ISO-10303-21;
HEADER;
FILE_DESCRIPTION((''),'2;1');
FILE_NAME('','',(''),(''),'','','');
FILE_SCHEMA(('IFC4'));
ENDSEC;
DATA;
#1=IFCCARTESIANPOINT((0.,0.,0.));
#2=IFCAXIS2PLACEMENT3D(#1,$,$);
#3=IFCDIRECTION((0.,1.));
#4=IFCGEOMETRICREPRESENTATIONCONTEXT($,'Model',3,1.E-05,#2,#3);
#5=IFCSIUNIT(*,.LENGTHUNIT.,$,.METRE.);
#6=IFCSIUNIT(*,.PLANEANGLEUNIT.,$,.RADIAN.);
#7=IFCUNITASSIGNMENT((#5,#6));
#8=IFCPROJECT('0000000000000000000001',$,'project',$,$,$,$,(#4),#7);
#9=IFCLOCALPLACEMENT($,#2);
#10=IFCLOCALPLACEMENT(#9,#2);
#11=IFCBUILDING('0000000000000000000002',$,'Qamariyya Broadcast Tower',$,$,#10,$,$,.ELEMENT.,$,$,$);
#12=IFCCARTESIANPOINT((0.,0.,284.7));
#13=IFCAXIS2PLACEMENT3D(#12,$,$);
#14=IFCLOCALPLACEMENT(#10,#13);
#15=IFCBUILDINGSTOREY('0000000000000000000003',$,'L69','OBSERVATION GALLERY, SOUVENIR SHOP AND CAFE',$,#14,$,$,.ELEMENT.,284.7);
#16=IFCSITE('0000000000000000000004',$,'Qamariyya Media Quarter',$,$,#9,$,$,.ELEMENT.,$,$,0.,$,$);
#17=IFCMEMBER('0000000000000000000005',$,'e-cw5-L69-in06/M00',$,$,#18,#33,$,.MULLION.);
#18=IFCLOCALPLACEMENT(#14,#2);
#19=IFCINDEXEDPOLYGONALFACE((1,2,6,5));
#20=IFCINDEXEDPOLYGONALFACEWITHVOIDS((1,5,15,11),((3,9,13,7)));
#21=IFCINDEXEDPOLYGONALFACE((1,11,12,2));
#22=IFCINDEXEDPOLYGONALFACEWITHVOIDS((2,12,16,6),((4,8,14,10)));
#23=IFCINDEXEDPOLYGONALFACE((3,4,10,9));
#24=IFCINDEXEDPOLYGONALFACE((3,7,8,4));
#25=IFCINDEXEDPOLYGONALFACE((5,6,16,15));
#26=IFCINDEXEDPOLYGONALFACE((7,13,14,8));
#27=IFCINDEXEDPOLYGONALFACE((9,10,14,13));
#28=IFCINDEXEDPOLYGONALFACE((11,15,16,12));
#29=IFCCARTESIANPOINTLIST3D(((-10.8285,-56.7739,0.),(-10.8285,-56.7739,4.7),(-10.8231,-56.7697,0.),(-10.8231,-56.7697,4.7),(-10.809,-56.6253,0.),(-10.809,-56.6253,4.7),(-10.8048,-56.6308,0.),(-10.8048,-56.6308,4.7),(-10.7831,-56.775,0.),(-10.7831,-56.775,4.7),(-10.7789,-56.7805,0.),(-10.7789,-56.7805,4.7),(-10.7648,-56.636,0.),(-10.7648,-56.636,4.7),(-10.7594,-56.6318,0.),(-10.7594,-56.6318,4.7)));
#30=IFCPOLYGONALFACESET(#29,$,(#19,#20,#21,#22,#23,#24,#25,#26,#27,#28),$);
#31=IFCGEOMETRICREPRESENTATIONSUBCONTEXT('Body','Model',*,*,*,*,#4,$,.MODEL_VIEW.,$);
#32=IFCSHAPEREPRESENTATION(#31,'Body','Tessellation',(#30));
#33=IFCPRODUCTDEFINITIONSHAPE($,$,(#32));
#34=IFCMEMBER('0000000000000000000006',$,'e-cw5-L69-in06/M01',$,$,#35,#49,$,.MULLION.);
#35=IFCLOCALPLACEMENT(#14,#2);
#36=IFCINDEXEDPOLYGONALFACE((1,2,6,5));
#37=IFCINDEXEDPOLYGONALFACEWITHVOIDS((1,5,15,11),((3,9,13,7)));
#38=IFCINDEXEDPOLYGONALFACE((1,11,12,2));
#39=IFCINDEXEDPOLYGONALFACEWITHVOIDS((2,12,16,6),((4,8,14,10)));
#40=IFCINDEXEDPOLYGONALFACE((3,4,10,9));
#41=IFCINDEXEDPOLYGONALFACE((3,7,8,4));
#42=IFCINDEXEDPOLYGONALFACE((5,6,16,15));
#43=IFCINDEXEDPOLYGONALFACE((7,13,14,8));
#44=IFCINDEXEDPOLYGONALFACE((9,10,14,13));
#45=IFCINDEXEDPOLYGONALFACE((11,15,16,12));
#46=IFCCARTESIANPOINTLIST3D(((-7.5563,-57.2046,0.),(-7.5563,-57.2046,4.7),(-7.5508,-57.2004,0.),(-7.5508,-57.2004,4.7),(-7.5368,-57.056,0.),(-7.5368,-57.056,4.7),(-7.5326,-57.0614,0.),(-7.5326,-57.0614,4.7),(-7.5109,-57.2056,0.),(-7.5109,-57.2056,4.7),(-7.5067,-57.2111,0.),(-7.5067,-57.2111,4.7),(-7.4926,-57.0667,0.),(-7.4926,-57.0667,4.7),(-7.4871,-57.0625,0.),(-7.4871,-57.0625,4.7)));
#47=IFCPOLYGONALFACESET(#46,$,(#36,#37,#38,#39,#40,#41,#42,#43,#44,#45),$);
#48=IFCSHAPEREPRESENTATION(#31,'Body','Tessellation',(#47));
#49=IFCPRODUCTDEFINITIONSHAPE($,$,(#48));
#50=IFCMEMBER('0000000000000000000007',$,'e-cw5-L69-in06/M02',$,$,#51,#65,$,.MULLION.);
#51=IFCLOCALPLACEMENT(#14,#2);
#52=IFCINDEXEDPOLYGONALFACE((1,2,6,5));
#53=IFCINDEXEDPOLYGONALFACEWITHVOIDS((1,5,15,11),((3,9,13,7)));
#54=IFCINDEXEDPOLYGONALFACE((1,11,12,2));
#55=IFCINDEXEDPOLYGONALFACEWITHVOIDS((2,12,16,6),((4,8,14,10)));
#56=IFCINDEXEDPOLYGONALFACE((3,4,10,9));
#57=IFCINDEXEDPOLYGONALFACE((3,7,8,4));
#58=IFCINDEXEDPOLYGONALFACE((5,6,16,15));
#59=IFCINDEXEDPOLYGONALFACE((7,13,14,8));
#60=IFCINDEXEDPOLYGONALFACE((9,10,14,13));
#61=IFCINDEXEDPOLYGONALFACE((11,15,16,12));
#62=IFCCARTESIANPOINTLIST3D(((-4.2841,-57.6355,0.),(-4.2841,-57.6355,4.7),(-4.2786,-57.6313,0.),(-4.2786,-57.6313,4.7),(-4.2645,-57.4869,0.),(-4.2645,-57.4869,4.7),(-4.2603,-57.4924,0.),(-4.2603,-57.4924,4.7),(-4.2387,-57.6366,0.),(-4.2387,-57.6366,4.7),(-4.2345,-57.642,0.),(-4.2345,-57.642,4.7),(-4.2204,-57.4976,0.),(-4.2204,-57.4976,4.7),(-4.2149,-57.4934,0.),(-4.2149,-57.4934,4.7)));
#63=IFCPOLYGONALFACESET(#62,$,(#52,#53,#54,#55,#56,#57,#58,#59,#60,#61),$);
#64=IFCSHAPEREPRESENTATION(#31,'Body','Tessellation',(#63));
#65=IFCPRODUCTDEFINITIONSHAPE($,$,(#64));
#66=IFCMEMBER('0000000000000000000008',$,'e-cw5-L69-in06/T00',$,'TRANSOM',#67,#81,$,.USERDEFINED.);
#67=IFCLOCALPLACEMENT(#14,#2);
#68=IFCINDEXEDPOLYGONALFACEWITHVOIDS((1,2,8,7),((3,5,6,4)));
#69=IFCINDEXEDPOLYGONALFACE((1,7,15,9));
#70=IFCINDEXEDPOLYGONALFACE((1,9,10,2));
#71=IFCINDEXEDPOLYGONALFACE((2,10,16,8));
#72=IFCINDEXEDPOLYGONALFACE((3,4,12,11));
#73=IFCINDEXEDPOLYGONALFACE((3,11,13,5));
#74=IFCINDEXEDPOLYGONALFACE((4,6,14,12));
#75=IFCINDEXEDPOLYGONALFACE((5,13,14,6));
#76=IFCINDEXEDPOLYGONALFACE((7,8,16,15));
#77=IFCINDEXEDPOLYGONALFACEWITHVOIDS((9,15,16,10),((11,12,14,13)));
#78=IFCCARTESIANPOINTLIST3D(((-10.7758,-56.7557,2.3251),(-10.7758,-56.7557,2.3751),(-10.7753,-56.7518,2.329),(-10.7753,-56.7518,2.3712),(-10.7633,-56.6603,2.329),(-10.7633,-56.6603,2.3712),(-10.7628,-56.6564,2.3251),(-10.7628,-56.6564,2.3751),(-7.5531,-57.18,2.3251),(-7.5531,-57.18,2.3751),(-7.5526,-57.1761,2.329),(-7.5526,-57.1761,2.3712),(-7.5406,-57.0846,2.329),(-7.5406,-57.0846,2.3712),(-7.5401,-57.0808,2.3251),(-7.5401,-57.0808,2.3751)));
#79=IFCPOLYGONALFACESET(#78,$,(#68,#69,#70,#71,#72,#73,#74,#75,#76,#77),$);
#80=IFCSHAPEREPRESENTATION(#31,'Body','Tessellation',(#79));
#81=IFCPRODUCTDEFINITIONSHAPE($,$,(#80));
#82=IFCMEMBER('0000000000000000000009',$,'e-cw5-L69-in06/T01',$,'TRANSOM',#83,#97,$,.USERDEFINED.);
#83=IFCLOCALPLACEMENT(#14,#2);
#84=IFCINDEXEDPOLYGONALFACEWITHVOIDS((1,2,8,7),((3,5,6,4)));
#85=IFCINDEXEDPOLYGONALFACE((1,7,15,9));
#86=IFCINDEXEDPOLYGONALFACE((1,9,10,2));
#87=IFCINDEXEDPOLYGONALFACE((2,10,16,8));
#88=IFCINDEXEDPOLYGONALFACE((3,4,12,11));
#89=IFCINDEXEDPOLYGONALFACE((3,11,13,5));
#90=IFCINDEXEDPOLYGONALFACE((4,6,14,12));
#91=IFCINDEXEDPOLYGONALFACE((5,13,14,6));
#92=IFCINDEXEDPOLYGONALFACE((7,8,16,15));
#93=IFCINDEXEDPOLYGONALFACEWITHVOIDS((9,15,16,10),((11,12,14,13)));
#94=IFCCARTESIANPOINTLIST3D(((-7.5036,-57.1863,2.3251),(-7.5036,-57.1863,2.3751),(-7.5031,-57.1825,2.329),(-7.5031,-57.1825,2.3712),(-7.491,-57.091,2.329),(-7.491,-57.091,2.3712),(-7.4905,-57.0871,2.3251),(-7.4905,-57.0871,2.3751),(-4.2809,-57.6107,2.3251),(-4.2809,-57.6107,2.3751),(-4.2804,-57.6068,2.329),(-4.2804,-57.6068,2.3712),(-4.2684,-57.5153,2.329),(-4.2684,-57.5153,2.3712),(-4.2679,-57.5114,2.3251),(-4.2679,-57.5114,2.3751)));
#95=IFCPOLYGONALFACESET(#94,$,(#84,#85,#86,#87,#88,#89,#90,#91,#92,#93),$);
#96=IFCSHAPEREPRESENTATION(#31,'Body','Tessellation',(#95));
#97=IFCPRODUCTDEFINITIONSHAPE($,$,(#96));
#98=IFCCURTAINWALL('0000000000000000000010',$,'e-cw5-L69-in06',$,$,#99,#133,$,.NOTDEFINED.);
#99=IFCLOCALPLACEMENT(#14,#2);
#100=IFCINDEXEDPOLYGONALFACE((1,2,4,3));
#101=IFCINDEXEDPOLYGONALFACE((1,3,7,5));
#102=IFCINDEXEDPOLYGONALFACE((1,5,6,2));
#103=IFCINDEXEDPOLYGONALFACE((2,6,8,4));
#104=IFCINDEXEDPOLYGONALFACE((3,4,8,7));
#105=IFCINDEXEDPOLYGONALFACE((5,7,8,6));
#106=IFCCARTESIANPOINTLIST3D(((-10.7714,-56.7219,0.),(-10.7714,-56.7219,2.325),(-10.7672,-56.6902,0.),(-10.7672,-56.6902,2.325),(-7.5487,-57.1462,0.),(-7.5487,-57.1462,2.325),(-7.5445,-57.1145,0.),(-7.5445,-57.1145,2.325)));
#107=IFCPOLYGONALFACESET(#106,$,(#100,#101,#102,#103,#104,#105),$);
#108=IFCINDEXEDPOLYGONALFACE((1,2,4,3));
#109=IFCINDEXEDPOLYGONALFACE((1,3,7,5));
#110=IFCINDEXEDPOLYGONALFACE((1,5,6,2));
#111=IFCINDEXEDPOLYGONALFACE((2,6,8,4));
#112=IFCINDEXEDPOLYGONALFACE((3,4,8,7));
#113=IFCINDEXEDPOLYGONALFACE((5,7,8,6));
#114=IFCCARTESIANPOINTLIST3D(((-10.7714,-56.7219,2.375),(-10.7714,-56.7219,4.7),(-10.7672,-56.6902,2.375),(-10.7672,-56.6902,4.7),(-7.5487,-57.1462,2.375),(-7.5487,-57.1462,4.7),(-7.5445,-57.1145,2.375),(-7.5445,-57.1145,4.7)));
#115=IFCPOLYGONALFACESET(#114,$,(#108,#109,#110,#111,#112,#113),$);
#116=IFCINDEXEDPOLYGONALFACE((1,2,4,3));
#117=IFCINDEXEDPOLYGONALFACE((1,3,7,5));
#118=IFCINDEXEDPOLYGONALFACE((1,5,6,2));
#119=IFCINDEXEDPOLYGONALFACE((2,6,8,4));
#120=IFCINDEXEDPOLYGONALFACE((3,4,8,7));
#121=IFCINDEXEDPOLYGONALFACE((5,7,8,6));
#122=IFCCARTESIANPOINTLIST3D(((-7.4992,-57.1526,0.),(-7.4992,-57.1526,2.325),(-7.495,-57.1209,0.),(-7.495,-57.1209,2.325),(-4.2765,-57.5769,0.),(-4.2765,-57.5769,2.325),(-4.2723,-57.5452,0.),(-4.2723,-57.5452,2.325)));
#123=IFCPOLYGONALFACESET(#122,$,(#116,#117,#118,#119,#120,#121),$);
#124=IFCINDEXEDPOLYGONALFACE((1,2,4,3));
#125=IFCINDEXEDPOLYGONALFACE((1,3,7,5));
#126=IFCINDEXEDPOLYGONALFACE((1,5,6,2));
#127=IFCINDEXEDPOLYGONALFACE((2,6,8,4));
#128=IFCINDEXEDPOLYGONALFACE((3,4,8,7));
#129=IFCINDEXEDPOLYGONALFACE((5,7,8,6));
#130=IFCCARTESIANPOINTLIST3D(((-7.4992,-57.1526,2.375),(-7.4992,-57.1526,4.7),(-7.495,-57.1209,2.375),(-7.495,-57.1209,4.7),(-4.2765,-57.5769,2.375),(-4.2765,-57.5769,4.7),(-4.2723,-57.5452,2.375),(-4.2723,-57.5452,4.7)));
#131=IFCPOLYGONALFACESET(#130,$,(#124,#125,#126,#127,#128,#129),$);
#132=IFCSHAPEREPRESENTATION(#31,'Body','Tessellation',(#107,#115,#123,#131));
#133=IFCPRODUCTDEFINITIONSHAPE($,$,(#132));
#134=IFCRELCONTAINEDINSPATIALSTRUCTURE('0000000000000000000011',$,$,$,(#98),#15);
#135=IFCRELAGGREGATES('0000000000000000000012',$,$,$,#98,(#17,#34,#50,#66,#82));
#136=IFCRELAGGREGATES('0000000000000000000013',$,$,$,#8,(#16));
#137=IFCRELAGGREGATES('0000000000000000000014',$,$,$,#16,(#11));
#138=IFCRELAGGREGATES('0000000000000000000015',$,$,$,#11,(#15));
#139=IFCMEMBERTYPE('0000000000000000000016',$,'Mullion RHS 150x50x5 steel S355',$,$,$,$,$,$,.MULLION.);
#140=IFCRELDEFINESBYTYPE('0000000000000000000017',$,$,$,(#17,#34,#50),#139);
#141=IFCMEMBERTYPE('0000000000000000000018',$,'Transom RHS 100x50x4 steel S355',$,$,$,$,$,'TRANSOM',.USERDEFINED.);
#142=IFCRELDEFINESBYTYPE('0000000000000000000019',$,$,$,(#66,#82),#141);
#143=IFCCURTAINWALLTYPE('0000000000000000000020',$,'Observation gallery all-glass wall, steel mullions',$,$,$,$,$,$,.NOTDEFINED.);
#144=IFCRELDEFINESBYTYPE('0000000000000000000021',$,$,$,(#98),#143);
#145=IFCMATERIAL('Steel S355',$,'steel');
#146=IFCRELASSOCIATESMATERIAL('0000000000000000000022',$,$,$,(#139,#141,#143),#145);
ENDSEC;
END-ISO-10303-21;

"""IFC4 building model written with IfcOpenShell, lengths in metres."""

from ifc_helpers import new_model, si_unit, direction, frame, origin, origin_2d, place, context, subcontext, project, spatial, rectangle, hollow_rectangle, extrude, material, material_profile, profile_set, type_object, element, aggregate, save


model = new_model("IFC4")

# Units and contexts
model_context = context("Model", 3, precision=1e-05, world=origin(), true_north=direction((0.0, 1.0)))
body_context = subcontext(model_context, "Body", "Model", "MODEL_VIEW")
ifc_project = project(units=[si_unit("LENGTHUNIT", "METRE"), si_unit("PLANEANGLEUNIT", "RADIAN")], contexts=[model_context])

# Members
ifc_material = material(Name="Steel S355", Category="steel")
ifc_material_profile_1 = material_profile(ifc_material, hollow_rectangle(XDim=0.1499, YDim=0.05, WallThickness=0.0049, at=origin_2d()))
ifc_profile_set_1 = profile_set([ifc_material_profile_1], Name="Steel S355")
member_type_1 = type_object("IfcMemberType", Name="Mullion RHS 150x50x5 steel S355", PredefinedType="MULLION", material=ifc_profile_set_1)
site_placement = place(None, origin())
building_placement = place(site_placement, origin())
storey_placement = place(building_placement, frame((0.0, 0.0, 284.7)))
member_1_placement = place(storey_placement, frame((-10.7939, -56.7029, 0.0), z_axis=(0.0, 0.0, 1.0), x_axis=(0.130526, 0.991445, 0.0)))
member_1 = element("IfcMember", 1, at=member_1_placement, type_object=member_type_1, Name="e-cw5-L69-in06/M00", PredefinedType="MULLION", context=body_context, shape_type="SweptSolid", body=[
    extrude(hollow_rectangle(XDim=0.1499, YDim=0.05, WallThickness=0.0049, at=origin_2d()), origin(), (0.0, 0.0, 1.0), 4.7),
])
member_2_placement = place(storey_placement, frame((-7.5217, -57.1335, 0.0), z_axis=(0.0, 0.0, 1.0), x_axis=(0.130526, 0.991445, 0.0)))
member_2 = element("IfcMember", 2, at=member_2_placement, type_object=member_type_1, Name="e-cw5-L69-in06/M01", PredefinedType="MULLION", context=body_context, shape_type="SweptSolid", body=[
    extrude(hollow_rectangle(XDim=0.1499, YDim=0.05, WallThickness=0.0049, at=origin_2d()), origin(), (0.0, 0.0, 1.0), 4.7),
])
member_3_placement = place(storey_placement, frame((-4.2495, -57.5645, 0.0), z_axis=(0.0, 0.0, 1.0), x_axis=(0.130526, 0.991445, 0.0)))
member_3 = element("IfcMember", 3, at=member_3_placement, type_object=member_type_1, Name="e-cw5-L69-in06/M02", PredefinedType="MULLION", context=body_context, shape_type="SweptSolid", body=[
    extrude(hollow_rectangle(XDim=0.1499, YDim=0.05, WallThickness=0.0049, at=origin_2d()), origin(), (0.0, 0.0, 1.0), 4.7),
])
ifc_material_profile_2 = material_profile(ifc_material, hollow_rectangle(XDim=0.1001, YDim=0.05, WallThickness=0.0039, at=origin_2d()))
ifc_profile_set_2 = profile_set([ifc_material_profile_2], Name="Steel S355")
member_type_2 = type_object("IfcMemberType", Name="Transom RHS 100x50x4 steel S355", ElementType="TRANSOM", PredefinedType="USERDEFINED", material=ifc_profile_set_2)
member_4_placement = place(storey_placement, frame((-10.7693, -56.7061, 2.3501), z_axis=(0.991443, -0.13054, 0.0), x_axis=(0.13054, 0.991443, 0.0)))
member_4 = element("IfcMember", 4, at=member_4_placement, type_object=member_type_2, Name="e-cw5-L69-in06/T00", ObjectType="TRANSOM", PredefinedType="USERDEFINED", context=body_context, shape_type="SweptSolid", body=[
    extrude(hollow_rectangle(XDim=0.1001, YDim=0.05, WallThickness=0.0039, at=origin_2d()), origin(), (0.0, 0.0, 1.0), 3.2505),
])
member_5_placement = place(storey_placement, frame((-7.4971, -57.1367, 2.3501), z_axis=(0.991443, -0.13054, 0.0), x_axis=(0.13054, 0.991443, 0.0)))
member_5 = element("IfcMember", 5, at=member_5_placement, type_object=member_type_2, Name="e-cw5-L69-in06/T01", ObjectType="TRANSOM", PredefinedType="USERDEFINED", context=body_context, shape_type="SweptSolid", body=[
    extrude(hollow_rectangle(XDim=0.1001, YDim=0.05, WallThickness=0.0039, at=origin_2d()), origin(), (0.0, 0.0, 1.0), 3.2505),
])

# Site, building, storey
site = spatial("IfcSite", under=ifc_project, at=site_placement, Name="Qamariyya Media Quarter", CompositionType="ELEMENT", RefElevation=0.0)
building = spatial("IfcBuilding", under=site, at=building_placement, Name="Qamariyya Broadcast Tower", CompositionType="ELEMENT")
storey = spatial("IfcBuildingStorey", under=building, at=storey_placement, Name="L69", Description="OBSERVATION GALLERY, SOUVENIR SHOP AND CAFE", CompositionType="ELEMENT", Elevation=284.7)

# Curtain wall
curtain_wall_type = type_object("IfcCurtainWallType", Name="Observation gallery all-glass wall, steel mullions", PredefinedType="NOTDEFINED", material=ifc_material)
curtain_wall_1_placement = place(storey_placement, origin())
curtain_wall_1 = element("IfcCurtainWall", 6, at=curtain_wall_1_placement, inside=storey, type_object=curtain_wall_type, Name="e-cw5-L69-in06", PredefinedType="NOTDEFINED", context=body_context, shape_type="SweptSolid", body=[
    extrude(rectangle(XDim=3.2505, YDim=0.032, at=origin_2d()), frame((-9.158, -56.9182, 0.0), x_axis=(0.991444, -0.130533, 0.0)), (0.0, 0.0, 1.0), 2.325),
    extrude(rectangle(XDim=3.2505, YDim=0.032, at=origin_2d()), frame((-9.158, -56.9182, 2.375), x_axis=(0.991444, -0.130533, 0.0)), (0.0, 0.0, 1.0), 2.325),
    extrude(rectangle(XDim=3.2505, YDim=0.032, at=origin_2d()), frame((-5.8857, -57.3489, 0.0), x_axis=(0.991444, -0.130533, 0.0)), (0.0, 0.0, 1.0), 2.325),
    extrude(rectangle(XDim=3.2505, YDim=0.032, at=origin_2d()), frame((-5.8857, -57.3489, 2.375), x_axis=(0.991444, -0.130533, 0.0)), (0.0, 0.0, 1.0), 2.325),
])
aggregate(curtain_wall_1, [member_1, member_2, member_3, member_4, member_5])

save(model, "model.ifc")
